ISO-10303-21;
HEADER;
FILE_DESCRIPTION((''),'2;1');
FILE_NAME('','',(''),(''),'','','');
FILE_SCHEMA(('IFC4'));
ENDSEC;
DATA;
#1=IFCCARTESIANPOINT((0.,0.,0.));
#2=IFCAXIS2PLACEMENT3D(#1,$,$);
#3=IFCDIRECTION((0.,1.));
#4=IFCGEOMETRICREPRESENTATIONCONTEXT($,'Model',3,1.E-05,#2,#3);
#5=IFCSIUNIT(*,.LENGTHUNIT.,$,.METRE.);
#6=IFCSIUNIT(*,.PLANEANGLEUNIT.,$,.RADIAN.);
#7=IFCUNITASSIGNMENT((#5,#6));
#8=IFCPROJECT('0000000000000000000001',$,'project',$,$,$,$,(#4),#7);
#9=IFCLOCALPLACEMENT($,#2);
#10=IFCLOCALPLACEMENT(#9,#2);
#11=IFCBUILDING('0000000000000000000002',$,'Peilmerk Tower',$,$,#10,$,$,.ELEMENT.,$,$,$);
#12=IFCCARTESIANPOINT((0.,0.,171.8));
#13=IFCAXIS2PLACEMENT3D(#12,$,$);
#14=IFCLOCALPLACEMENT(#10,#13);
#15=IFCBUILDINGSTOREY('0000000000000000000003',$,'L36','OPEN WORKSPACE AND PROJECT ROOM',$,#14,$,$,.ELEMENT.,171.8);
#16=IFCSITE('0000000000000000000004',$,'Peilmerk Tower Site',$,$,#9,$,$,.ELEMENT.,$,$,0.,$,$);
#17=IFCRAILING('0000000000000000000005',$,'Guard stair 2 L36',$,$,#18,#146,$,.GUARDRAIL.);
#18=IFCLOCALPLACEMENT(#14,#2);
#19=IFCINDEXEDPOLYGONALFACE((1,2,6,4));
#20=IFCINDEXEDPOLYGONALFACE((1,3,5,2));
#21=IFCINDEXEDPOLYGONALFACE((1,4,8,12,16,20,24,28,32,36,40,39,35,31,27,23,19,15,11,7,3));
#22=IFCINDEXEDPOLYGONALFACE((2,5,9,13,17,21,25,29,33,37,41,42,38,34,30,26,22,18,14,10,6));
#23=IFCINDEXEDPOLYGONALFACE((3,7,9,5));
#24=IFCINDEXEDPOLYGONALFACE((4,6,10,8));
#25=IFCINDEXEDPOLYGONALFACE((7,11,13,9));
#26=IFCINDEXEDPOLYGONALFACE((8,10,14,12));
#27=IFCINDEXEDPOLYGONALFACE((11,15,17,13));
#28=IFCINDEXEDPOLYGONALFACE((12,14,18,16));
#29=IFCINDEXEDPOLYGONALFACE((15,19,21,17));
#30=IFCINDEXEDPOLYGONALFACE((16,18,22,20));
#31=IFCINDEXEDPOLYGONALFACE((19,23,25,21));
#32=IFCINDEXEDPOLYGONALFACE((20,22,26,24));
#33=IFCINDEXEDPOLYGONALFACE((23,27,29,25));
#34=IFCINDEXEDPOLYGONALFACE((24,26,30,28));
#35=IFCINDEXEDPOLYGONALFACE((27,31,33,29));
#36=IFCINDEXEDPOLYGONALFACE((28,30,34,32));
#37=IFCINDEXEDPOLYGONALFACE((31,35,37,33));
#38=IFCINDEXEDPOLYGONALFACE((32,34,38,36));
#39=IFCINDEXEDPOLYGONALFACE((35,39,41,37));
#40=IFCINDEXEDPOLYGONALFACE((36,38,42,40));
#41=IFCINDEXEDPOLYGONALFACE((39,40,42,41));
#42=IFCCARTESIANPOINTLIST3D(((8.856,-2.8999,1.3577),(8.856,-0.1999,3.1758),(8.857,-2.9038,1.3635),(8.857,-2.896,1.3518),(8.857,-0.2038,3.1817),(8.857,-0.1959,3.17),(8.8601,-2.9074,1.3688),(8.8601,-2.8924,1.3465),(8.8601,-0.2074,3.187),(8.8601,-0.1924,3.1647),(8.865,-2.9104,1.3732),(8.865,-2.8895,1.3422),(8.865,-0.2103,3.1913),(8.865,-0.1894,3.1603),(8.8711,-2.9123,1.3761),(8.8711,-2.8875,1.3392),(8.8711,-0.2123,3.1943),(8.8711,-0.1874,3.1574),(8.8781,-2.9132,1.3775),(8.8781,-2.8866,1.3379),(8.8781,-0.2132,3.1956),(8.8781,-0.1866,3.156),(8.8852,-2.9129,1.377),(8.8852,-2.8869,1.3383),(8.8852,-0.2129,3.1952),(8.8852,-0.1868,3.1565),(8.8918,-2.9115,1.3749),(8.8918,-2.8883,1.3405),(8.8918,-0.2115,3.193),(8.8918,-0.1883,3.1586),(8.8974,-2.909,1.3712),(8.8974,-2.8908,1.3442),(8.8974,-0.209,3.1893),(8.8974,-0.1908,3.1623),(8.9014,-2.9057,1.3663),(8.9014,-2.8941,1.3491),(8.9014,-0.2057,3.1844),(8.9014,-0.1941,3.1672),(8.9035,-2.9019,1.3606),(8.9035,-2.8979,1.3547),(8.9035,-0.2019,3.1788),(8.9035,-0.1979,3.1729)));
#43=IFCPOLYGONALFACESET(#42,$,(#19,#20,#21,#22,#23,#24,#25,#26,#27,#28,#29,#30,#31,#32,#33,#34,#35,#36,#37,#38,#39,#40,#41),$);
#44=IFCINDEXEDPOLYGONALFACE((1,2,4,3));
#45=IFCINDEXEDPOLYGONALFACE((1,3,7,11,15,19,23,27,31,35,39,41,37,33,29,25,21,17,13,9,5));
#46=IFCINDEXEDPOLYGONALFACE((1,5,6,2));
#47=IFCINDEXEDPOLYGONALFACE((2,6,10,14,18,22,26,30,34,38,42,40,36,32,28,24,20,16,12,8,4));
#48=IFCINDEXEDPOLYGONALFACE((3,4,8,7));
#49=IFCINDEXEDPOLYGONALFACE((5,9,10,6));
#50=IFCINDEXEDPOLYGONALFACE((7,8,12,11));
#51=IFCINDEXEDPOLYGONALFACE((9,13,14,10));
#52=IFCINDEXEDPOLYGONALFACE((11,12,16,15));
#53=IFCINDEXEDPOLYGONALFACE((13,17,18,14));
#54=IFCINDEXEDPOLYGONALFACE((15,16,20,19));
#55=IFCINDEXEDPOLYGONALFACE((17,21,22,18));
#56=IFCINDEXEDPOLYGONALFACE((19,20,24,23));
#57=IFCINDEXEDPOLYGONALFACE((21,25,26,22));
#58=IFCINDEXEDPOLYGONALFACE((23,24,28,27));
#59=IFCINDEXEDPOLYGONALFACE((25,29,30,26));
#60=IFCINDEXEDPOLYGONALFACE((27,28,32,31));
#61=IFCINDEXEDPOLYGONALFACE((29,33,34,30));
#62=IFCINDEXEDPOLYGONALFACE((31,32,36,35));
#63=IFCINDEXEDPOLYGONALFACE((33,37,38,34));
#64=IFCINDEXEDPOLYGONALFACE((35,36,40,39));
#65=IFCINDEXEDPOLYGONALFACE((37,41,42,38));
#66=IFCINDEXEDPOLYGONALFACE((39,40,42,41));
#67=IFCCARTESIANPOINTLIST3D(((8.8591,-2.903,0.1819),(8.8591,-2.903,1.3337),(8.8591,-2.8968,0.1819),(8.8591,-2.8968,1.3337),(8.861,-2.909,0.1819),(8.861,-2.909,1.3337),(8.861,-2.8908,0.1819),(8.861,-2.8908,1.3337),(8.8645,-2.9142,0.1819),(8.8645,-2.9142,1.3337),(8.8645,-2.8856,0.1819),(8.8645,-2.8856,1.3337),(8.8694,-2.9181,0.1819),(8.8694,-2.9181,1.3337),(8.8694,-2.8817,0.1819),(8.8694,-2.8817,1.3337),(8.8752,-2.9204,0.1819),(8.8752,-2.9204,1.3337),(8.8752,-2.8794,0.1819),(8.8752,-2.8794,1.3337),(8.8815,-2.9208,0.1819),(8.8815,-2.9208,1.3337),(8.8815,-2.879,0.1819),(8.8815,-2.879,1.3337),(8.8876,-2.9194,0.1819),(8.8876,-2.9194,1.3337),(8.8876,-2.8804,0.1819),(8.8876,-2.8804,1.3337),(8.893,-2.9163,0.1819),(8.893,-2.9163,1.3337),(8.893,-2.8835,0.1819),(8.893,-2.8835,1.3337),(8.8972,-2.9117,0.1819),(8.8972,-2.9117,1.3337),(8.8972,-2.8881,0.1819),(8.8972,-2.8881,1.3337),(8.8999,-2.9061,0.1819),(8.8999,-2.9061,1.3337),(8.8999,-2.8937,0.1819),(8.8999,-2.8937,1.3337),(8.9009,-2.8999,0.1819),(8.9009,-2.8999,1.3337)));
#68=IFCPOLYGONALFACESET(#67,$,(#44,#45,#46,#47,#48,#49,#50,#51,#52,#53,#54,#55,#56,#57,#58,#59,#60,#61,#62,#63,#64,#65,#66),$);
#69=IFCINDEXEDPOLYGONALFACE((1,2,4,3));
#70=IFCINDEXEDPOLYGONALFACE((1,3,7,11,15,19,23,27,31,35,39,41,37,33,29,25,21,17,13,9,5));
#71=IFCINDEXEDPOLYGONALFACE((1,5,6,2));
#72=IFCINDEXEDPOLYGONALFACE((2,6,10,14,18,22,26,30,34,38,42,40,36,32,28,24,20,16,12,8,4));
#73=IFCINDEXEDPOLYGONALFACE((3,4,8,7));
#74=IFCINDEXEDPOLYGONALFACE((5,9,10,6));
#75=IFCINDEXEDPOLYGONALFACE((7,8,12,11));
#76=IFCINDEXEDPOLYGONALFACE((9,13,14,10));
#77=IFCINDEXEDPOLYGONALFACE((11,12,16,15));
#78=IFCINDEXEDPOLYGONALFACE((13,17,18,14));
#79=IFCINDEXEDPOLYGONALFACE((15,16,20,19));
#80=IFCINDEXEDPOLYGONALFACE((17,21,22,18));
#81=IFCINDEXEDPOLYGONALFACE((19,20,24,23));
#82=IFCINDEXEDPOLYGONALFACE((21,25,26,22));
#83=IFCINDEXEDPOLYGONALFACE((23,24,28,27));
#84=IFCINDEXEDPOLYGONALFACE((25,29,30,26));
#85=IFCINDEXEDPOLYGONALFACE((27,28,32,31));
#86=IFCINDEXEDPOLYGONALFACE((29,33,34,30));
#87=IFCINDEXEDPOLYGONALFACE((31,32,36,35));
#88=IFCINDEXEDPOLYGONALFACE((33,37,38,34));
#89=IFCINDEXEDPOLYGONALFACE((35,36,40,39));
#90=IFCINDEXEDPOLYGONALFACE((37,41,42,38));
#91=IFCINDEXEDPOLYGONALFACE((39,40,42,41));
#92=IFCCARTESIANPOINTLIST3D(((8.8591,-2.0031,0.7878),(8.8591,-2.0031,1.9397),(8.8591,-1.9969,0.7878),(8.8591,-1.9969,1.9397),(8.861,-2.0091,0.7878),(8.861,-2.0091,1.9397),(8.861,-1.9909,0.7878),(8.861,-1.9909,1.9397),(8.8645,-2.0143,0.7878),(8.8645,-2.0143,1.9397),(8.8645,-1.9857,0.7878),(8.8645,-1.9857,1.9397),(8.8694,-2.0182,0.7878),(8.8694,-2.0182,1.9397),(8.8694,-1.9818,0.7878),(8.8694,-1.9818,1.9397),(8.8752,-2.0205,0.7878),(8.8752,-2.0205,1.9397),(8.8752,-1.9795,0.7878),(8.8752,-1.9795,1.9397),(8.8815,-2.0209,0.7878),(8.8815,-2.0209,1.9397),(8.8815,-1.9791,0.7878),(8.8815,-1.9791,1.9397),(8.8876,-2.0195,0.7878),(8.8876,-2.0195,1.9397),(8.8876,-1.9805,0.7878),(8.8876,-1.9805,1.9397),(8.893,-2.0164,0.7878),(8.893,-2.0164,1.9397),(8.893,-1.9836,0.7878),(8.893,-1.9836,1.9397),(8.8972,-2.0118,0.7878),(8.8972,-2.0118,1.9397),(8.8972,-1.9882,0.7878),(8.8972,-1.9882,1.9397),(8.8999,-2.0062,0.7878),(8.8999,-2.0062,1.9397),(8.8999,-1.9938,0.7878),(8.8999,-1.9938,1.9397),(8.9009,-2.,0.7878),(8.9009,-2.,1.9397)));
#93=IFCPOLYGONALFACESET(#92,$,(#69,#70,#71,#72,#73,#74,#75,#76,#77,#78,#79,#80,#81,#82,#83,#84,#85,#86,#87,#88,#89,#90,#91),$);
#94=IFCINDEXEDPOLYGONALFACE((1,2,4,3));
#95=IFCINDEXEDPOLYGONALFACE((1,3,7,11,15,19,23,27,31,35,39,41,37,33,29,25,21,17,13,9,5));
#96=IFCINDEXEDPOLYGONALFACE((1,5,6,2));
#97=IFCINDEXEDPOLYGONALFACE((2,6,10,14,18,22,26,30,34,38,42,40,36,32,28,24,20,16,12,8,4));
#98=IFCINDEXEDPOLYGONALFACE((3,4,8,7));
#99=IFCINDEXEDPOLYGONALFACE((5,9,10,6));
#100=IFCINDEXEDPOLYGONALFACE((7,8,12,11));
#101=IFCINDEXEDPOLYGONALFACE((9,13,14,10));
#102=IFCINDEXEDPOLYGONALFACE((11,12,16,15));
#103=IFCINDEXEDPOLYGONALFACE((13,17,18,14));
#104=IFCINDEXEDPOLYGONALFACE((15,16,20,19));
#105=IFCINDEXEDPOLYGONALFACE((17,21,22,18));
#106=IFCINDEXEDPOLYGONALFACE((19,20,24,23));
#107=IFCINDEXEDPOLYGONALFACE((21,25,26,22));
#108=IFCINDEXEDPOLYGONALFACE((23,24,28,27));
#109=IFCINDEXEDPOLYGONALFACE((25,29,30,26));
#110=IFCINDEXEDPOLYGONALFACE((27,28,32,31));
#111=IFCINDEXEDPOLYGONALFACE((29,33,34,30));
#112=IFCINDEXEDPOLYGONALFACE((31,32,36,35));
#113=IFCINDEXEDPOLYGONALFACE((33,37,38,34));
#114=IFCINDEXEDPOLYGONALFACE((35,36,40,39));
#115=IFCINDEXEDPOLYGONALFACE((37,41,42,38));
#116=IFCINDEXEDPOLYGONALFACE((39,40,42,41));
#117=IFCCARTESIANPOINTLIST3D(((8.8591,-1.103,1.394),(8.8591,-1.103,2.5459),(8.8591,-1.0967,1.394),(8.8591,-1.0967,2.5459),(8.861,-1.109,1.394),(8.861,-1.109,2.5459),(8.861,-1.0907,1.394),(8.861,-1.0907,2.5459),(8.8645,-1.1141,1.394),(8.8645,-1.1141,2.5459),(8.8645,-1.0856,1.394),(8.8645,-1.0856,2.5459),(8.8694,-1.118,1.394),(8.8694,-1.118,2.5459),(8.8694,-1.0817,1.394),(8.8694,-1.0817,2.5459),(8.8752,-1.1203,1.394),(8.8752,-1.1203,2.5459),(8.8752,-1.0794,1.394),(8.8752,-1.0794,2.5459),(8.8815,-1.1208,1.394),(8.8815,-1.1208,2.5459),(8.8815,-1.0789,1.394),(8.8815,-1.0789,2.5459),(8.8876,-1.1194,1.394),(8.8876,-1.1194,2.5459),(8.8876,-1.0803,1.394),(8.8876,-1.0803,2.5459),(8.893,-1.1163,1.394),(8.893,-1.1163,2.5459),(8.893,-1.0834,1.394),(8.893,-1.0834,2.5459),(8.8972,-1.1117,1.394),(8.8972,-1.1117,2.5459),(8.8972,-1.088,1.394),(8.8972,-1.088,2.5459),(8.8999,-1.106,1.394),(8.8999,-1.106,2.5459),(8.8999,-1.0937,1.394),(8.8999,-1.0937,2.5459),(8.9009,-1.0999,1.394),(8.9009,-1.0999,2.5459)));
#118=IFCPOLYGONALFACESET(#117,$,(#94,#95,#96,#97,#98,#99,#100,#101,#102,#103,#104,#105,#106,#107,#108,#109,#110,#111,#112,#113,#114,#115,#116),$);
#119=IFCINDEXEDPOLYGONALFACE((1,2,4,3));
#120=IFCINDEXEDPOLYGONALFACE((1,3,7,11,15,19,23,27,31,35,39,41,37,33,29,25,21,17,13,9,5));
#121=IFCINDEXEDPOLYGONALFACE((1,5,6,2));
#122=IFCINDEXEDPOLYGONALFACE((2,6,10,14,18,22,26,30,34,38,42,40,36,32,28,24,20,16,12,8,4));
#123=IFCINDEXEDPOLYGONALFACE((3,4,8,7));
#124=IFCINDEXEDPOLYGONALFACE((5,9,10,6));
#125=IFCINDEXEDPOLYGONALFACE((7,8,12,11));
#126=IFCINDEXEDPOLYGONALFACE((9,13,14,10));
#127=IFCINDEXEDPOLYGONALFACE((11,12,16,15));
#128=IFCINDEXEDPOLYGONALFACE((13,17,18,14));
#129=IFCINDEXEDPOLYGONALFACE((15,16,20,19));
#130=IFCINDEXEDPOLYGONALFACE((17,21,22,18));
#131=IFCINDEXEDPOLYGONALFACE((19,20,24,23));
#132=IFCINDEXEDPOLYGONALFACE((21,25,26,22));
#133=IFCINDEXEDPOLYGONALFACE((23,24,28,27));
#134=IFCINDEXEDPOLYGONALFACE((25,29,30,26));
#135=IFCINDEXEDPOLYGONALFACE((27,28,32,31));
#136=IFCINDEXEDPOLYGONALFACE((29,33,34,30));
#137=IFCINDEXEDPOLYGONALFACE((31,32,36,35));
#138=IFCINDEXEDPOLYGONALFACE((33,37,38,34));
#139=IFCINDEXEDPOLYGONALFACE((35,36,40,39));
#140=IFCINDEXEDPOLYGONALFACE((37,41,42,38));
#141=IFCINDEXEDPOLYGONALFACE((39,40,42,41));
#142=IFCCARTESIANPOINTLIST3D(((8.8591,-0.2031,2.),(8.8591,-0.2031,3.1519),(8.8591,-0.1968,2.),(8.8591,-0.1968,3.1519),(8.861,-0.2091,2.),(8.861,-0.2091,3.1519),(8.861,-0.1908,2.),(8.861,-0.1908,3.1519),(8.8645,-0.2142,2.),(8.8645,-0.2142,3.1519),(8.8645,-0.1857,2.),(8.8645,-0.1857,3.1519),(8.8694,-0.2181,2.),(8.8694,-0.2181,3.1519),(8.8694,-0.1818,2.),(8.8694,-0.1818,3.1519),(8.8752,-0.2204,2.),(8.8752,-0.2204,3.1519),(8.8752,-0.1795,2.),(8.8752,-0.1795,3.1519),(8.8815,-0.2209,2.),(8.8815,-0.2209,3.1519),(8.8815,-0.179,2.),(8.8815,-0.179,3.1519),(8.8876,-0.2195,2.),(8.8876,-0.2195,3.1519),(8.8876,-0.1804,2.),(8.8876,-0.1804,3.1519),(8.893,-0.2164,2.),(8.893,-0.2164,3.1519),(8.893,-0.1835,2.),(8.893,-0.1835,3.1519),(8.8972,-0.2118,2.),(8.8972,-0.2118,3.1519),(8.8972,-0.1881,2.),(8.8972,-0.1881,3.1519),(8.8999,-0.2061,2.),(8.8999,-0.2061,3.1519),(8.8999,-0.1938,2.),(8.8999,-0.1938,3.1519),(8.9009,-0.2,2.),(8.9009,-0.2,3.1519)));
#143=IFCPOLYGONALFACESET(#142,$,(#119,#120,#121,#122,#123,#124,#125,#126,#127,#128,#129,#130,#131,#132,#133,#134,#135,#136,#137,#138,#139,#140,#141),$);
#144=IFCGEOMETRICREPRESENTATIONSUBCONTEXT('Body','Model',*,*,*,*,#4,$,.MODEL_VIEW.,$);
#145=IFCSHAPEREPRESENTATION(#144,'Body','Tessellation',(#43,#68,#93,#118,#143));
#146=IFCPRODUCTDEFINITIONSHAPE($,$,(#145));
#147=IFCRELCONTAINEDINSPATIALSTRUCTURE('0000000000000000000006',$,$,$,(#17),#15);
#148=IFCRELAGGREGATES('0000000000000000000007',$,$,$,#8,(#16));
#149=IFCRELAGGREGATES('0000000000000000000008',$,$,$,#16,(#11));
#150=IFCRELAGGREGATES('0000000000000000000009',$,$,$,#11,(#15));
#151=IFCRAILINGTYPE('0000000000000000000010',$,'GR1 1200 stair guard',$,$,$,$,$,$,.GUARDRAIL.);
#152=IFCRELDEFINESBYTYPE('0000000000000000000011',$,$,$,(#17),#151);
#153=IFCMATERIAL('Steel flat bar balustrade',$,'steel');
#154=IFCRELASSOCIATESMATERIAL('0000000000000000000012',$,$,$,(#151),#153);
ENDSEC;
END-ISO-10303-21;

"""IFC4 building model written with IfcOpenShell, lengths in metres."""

from ifc_helpers import new_model, si_unit, direction, frame, origin, origin_2d, place, context, subcontext, project, spatial, circle, extrude, material, type_object, element, save


model = new_model("IFC4")

# Units and contexts
model_context = context("Model", 3, precision=1e-05, world=origin(), true_north=direction((0.0, 1.0)))
body_context = subcontext(model_context, "Body", "Model", "MODEL_VIEW")
ifc_project = project(units=[si_unit("LENGTHUNIT", "METRE"), si_unit("PLANEANGLEUNIT", "RADIAN")], contexts=[model_context])

# Site, building, storey
site_placement = place(None, origin())
site = spatial("IfcSite", under=ifc_project, at=site_placement, Name="Peilmerk Tower Site", CompositionType="ELEMENT", RefElevation=0.0)
building_placement = place(site_placement, origin())
building = spatial("IfcBuilding", under=site, at=building_placement, Name="Peilmerk Tower", CompositionType="ELEMENT")
storey_placement = place(building_placement, frame((0.0, 0.0, 171.8)))
storey = spatial("IfcBuildingStorey", under=building, at=storey_placement, Name="L36", Description="OPEN WORKSPACE AND PROJECT ROOM", CompositionType="ELEMENT", Elevation=171.8)

# Railing
ifc_material_1 = material(Name="Steel flat bar balustrade", Category="steel")
railing_type_1 = type_object("IfcRailingType", Name="GR1 1200 stair guard", PredefinedType="GUARDRAIL", material=ifc_material_1)
railing_1_placement = place(storey_placement, frame((8.8799, -2.8999, 0.1819)))
element("IfcRailing", 1, at=railing_1_placement, inside=storey, type_object=railing_type_1, Name="Guard stair 2 L36", PredefinedType="GUARDRAIL", context=body_context, shape_type="SweptSolid", body=[
    extrude(circle(Radius=0.0239, at=origin_2d()), frame((0.0, 0.0, 1.1758), z_axis=(0.0, 0.829468, 0.558554), x_axis=(-1.0, 0.0, 0.0)), (0.0, 0.0, 1.0), 3.2551),
    extrude(circle(Radius=0.021, at=origin_2d()), origin(), (0.0, 0.0, 1.0), 1.1519),
    extrude(circle(Radius=0.021, at=origin_2d()), frame((0.0, 0.8999, 0.606)), (0.0, 0.0, 1.0), 1.1519),
    extrude(circle(Radius=0.021, at=origin_2d()), frame((0.0, 1.8, 1.2122)), (0.0, 0.0, 1.0), 1.1519),
    extrude(circle(Radius=0.021, at=origin_2d()), frame((0.0, 2.7, 1.8181)), (0.0, 0.0, 1.0), 1.1519),
])

save(model, "model.ifc")
